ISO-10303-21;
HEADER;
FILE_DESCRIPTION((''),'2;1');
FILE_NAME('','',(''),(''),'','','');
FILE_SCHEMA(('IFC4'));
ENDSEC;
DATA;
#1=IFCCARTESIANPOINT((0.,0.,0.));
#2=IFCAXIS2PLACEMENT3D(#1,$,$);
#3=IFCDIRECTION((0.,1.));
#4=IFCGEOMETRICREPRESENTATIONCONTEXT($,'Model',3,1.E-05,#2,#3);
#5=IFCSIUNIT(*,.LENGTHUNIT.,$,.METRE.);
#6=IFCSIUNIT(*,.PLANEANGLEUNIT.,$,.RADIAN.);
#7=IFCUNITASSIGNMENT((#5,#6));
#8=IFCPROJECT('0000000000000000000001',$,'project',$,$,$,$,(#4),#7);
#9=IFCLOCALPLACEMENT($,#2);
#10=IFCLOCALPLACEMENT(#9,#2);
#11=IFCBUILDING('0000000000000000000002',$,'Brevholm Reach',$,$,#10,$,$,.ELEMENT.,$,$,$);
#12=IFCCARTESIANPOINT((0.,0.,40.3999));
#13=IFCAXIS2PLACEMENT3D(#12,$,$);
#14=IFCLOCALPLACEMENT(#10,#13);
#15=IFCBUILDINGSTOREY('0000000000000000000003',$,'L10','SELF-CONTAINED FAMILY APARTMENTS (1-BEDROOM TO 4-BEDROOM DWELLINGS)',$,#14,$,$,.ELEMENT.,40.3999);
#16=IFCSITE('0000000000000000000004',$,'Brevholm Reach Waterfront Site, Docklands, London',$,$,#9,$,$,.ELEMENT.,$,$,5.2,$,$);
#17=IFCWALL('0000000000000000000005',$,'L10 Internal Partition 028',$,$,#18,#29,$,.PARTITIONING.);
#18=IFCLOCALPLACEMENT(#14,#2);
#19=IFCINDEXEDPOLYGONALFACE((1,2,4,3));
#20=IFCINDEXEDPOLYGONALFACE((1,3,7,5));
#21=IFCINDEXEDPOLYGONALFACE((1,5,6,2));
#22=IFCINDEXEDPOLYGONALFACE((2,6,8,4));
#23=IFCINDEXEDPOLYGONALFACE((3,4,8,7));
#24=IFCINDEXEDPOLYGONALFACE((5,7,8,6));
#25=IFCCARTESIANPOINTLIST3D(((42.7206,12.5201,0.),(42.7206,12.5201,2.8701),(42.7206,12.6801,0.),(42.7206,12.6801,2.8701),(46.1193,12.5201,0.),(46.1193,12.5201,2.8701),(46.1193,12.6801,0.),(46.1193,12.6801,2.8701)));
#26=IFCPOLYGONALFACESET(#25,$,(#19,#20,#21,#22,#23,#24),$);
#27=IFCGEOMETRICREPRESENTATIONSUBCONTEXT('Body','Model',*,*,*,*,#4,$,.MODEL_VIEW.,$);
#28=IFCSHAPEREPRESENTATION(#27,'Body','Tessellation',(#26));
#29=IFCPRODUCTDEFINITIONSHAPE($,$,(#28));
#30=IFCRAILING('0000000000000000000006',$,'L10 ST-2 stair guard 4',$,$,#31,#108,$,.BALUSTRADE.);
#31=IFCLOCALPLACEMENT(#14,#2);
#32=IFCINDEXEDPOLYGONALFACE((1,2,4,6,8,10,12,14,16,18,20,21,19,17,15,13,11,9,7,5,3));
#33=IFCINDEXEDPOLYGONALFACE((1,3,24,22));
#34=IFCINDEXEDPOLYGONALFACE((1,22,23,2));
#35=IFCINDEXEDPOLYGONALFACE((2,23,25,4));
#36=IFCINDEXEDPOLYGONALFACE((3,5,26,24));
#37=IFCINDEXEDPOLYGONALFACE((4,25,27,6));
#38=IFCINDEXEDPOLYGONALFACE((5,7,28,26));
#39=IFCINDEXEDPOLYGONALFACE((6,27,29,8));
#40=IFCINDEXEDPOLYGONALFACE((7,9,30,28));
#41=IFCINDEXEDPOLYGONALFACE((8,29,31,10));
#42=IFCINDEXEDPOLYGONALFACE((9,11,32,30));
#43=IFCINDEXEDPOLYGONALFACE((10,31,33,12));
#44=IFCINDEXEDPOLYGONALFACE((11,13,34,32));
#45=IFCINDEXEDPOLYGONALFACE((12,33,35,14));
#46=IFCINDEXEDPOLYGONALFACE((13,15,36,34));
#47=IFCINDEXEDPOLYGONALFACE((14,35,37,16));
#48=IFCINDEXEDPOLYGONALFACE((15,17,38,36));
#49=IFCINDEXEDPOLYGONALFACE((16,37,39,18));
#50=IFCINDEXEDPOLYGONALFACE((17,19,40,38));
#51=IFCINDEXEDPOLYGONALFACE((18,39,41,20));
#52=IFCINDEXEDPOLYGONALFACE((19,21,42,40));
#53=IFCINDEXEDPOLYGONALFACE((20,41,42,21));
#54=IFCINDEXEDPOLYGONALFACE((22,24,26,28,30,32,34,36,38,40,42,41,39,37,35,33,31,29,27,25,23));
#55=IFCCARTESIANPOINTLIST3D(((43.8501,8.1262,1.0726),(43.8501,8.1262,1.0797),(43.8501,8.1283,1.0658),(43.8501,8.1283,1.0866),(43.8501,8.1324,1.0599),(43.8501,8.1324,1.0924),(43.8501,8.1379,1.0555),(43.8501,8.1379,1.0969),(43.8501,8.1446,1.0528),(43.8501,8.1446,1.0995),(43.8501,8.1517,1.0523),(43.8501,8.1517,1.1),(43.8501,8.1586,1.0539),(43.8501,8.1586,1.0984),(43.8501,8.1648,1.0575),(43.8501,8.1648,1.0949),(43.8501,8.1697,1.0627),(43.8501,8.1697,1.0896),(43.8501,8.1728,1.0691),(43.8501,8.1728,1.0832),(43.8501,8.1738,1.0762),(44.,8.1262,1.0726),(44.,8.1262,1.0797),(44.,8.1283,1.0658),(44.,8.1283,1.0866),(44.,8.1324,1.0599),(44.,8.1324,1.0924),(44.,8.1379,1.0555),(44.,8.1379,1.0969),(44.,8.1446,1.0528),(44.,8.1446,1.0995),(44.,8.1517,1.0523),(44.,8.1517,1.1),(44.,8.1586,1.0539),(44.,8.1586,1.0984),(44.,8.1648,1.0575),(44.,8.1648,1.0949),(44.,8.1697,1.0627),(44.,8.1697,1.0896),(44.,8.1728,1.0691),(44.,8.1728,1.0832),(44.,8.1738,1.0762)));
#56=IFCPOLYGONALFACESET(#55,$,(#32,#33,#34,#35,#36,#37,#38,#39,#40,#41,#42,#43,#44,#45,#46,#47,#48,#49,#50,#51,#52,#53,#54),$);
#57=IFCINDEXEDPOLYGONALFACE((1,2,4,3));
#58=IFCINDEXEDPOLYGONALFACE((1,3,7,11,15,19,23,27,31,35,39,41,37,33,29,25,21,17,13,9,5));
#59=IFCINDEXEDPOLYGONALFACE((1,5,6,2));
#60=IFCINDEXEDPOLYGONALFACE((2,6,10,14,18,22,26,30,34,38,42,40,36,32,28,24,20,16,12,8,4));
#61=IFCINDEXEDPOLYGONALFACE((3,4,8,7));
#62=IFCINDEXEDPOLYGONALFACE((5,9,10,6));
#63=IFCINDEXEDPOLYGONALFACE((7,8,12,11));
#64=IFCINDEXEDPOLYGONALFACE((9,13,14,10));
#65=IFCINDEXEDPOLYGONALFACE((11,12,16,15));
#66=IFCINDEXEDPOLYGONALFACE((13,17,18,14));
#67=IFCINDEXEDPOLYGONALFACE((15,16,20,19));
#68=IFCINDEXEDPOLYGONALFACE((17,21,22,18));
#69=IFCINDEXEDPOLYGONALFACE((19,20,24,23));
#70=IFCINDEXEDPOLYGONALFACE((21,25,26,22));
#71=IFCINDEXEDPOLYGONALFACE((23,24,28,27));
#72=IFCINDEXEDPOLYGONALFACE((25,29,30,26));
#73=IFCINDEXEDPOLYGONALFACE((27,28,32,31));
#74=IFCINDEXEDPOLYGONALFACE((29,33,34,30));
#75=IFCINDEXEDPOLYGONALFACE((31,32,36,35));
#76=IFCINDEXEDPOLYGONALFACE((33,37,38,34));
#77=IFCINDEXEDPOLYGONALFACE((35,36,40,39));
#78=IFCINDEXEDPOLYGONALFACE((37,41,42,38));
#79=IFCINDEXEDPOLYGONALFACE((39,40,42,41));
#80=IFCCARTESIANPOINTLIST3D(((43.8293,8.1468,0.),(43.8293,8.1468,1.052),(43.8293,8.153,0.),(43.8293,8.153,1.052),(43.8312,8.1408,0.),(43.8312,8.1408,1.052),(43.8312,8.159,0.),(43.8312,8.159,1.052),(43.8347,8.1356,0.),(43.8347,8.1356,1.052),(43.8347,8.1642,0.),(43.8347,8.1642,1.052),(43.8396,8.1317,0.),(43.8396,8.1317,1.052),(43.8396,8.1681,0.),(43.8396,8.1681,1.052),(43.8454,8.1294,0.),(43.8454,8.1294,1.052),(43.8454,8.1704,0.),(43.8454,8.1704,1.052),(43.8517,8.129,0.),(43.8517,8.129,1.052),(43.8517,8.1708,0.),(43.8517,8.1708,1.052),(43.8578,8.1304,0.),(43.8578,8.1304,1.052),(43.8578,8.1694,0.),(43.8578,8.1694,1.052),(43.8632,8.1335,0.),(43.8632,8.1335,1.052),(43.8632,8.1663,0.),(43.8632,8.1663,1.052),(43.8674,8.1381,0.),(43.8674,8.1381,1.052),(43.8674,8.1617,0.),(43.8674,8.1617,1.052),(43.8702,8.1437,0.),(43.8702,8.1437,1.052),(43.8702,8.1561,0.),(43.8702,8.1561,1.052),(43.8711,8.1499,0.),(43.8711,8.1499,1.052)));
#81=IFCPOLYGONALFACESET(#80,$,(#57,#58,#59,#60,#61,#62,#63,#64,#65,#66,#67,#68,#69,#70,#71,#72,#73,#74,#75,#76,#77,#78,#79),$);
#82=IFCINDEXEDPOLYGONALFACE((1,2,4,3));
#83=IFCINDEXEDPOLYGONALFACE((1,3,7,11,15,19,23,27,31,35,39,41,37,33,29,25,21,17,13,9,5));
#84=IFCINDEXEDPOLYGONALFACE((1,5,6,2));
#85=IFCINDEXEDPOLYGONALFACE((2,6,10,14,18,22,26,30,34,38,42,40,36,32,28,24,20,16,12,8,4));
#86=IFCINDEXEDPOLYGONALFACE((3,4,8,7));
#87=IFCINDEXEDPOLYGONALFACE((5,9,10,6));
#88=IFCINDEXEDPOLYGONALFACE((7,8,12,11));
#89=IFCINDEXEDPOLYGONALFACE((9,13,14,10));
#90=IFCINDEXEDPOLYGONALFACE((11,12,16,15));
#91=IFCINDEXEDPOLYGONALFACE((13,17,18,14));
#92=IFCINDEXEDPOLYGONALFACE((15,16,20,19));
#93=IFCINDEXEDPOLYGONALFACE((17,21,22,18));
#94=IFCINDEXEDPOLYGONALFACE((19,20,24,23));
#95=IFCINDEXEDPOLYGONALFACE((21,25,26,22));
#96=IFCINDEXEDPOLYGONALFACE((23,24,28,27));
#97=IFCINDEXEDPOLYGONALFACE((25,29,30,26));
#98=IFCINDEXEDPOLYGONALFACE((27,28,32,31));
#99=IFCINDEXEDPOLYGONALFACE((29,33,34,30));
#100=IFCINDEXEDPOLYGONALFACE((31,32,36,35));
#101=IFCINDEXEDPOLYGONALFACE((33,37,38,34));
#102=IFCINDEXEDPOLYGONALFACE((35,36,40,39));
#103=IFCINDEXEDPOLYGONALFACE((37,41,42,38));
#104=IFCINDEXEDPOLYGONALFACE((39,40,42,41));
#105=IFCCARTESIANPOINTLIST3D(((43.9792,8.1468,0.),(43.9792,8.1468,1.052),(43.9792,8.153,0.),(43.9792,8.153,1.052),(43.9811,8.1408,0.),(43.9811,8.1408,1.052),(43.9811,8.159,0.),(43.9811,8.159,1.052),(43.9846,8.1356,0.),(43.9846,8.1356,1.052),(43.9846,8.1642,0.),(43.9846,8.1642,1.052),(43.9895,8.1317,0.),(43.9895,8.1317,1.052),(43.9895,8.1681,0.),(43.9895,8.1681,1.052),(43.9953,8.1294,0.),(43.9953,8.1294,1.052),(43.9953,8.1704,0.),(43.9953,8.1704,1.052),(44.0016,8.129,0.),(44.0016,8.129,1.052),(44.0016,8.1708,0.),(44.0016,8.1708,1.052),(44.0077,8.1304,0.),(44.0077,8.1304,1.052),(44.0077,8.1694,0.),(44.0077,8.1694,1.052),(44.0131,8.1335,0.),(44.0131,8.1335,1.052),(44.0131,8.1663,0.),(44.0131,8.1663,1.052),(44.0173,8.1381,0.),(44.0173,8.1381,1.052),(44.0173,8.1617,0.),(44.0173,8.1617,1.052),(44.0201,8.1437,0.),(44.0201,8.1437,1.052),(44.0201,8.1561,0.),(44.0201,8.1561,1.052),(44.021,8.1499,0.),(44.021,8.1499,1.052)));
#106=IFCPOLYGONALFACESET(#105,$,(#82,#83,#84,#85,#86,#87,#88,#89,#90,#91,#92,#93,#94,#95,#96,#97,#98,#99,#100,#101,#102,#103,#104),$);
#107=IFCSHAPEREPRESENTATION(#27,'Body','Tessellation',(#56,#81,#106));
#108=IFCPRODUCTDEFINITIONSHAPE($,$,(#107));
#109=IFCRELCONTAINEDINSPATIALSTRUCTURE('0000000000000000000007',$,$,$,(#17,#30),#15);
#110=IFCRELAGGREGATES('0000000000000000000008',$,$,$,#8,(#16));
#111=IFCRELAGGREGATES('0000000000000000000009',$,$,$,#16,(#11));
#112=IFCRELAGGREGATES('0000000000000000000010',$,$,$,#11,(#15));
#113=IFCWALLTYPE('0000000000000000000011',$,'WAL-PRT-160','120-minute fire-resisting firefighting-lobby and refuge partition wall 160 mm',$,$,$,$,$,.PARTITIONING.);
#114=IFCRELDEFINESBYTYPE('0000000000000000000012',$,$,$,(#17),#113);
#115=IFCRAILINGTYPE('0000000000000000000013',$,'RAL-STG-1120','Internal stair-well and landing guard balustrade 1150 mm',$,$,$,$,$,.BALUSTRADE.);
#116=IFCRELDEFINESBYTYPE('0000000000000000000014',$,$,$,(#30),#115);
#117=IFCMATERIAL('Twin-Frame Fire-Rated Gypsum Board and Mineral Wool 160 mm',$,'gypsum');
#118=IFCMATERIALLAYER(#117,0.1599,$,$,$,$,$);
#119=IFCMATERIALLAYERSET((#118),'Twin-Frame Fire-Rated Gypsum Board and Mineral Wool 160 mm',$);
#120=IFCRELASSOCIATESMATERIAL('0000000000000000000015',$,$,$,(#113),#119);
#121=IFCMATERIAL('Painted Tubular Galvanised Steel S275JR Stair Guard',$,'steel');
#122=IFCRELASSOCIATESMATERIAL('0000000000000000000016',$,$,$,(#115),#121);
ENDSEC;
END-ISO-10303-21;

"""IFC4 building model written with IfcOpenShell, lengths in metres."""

from ifc_helpers import new_model, si_unit, direction, frame, frame_2d, origin, origin_2d, place, context, subcontext, project, spatial, rectangle, circle, extrude, material, layer, layer_set, type_object, element, save


model = new_model("IFC4")

# Units and contexts
model_context = context("Model", 3, precision=1e-05, world=origin(), true_north=direction((0.0, 1.0)))
body_context = subcontext(model_context, "Body", "Model", "MODEL_VIEW")
ifc_project = project(units=[si_unit("LENGTHUNIT", "METRE"), si_unit("PLANEANGLEUNIT", "RADIAN")], contexts=[model_context])

# Site, building, storey
site_placement = place(None, origin())
site = spatial("IfcSite", under=ifc_project, at=site_placement, Name="Brevholm Reach Waterfront Site, Docklands, London", CompositionType="ELEMENT", RefElevation=5.2)
building_placement = place(site_placement, origin())
building = spatial("IfcBuilding", under=site, at=building_placement, Name="Brevholm Reach", CompositionType="ELEMENT")
storey_placement = place(building_placement, frame((0.0, 0.0, 40.3999)))
storey = spatial("IfcBuildingStorey", under=building, at=storey_placement, Name="L10", Description="SELF-CONTAINED FAMILY APARTMENTS (1-BEDROOM TO 4-BEDROOM DWELLINGS)", CompositionType="ELEMENT", Elevation=40.3999)

# Shared definitions
ifc_material_1 = material(Name="Twin-Frame Fire-Rated Gypsum Board and Mineral Wool 160 mm", Category="gypsum")
ifc_layer_1 = layer(ifc_material_1, 0.1599)
ifc_layer_set_1 = layer_set([ifc_layer_1], Name="Twin-Frame Fire-Rated Gypsum Board and Mineral Wool 160 mm")
wall_type_1 = type_object("IfcWallType", Name="WAL-PRT-160", Description="120-minute fire-resisting firefighting-lobby and refuge partition wall 160 mm", PredefinedType="PARTITIONING", material=ifc_layer_set_1)

# Wall
wall_1_placement = place(storey_placement, frame((42.7207, 12.6001, 0.0), z_axis=(0.0, 0.0, 1.0), x_axis=(1.0, 0.0, 0.0)))
element("IfcWall", 1, at=wall_1_placement, inside=storey, type_object=wall_type_1, Name="L10 Internal Partition 028", PredefinedType="PARTITIONING", context=body_context, shape_type="SweptSolid", body=[
    extrude(rectangle(XDim=3.3987, YDim=0.1599, at=frame_2d((1.6992, 0.0))), origin(), (0.0, 0.0, 1.0), 2.8701),
])

# Railing
ifc_material_2 = material(Name="Painted Tubular Galvanised Steel S275JR Stair Guard", Category="steel")
railing_type = type_object("IfcRailingType", Name="RAL-STG-1120", Description="Internal stair-well and landing guard balustrade 1150 mm", PredefinedType="BALUSTRADE", material=ifc_material_2)
railing_placement = place(storey_placement, frame((43.8501, 8.1499, 0.0)))
element("IfcRailing", 2, at=railing_placement, inside=storey, type_object=railing_type, Name="L10 ST-2 stair guard 4", PredefinedType="BALUSTRADE", context=body_context, shape_type="SweptSolid", body=[
    extrude(circle(Radius=0.0239, at=origin_2d()), frame((0.0, 0.0, 1.0762), z_axis=(1.0, 0.0, 0.0), x_axis=(0.0, 1.0, 0.0)), (0.0, 0.0, 1.0), 0.1499),
    extrude(circle(Radius=0.021, at=origin_2d()), origin(), (0.0, 0.0, 1.0), 1.052),
    extrude(circle(Radius=0.021, at=origin_2d()), frame((0.1499, 0.0, 0.0)), (0.0, 0.0, 1.0), 1.052),
])

save(model, "model.ifc")
